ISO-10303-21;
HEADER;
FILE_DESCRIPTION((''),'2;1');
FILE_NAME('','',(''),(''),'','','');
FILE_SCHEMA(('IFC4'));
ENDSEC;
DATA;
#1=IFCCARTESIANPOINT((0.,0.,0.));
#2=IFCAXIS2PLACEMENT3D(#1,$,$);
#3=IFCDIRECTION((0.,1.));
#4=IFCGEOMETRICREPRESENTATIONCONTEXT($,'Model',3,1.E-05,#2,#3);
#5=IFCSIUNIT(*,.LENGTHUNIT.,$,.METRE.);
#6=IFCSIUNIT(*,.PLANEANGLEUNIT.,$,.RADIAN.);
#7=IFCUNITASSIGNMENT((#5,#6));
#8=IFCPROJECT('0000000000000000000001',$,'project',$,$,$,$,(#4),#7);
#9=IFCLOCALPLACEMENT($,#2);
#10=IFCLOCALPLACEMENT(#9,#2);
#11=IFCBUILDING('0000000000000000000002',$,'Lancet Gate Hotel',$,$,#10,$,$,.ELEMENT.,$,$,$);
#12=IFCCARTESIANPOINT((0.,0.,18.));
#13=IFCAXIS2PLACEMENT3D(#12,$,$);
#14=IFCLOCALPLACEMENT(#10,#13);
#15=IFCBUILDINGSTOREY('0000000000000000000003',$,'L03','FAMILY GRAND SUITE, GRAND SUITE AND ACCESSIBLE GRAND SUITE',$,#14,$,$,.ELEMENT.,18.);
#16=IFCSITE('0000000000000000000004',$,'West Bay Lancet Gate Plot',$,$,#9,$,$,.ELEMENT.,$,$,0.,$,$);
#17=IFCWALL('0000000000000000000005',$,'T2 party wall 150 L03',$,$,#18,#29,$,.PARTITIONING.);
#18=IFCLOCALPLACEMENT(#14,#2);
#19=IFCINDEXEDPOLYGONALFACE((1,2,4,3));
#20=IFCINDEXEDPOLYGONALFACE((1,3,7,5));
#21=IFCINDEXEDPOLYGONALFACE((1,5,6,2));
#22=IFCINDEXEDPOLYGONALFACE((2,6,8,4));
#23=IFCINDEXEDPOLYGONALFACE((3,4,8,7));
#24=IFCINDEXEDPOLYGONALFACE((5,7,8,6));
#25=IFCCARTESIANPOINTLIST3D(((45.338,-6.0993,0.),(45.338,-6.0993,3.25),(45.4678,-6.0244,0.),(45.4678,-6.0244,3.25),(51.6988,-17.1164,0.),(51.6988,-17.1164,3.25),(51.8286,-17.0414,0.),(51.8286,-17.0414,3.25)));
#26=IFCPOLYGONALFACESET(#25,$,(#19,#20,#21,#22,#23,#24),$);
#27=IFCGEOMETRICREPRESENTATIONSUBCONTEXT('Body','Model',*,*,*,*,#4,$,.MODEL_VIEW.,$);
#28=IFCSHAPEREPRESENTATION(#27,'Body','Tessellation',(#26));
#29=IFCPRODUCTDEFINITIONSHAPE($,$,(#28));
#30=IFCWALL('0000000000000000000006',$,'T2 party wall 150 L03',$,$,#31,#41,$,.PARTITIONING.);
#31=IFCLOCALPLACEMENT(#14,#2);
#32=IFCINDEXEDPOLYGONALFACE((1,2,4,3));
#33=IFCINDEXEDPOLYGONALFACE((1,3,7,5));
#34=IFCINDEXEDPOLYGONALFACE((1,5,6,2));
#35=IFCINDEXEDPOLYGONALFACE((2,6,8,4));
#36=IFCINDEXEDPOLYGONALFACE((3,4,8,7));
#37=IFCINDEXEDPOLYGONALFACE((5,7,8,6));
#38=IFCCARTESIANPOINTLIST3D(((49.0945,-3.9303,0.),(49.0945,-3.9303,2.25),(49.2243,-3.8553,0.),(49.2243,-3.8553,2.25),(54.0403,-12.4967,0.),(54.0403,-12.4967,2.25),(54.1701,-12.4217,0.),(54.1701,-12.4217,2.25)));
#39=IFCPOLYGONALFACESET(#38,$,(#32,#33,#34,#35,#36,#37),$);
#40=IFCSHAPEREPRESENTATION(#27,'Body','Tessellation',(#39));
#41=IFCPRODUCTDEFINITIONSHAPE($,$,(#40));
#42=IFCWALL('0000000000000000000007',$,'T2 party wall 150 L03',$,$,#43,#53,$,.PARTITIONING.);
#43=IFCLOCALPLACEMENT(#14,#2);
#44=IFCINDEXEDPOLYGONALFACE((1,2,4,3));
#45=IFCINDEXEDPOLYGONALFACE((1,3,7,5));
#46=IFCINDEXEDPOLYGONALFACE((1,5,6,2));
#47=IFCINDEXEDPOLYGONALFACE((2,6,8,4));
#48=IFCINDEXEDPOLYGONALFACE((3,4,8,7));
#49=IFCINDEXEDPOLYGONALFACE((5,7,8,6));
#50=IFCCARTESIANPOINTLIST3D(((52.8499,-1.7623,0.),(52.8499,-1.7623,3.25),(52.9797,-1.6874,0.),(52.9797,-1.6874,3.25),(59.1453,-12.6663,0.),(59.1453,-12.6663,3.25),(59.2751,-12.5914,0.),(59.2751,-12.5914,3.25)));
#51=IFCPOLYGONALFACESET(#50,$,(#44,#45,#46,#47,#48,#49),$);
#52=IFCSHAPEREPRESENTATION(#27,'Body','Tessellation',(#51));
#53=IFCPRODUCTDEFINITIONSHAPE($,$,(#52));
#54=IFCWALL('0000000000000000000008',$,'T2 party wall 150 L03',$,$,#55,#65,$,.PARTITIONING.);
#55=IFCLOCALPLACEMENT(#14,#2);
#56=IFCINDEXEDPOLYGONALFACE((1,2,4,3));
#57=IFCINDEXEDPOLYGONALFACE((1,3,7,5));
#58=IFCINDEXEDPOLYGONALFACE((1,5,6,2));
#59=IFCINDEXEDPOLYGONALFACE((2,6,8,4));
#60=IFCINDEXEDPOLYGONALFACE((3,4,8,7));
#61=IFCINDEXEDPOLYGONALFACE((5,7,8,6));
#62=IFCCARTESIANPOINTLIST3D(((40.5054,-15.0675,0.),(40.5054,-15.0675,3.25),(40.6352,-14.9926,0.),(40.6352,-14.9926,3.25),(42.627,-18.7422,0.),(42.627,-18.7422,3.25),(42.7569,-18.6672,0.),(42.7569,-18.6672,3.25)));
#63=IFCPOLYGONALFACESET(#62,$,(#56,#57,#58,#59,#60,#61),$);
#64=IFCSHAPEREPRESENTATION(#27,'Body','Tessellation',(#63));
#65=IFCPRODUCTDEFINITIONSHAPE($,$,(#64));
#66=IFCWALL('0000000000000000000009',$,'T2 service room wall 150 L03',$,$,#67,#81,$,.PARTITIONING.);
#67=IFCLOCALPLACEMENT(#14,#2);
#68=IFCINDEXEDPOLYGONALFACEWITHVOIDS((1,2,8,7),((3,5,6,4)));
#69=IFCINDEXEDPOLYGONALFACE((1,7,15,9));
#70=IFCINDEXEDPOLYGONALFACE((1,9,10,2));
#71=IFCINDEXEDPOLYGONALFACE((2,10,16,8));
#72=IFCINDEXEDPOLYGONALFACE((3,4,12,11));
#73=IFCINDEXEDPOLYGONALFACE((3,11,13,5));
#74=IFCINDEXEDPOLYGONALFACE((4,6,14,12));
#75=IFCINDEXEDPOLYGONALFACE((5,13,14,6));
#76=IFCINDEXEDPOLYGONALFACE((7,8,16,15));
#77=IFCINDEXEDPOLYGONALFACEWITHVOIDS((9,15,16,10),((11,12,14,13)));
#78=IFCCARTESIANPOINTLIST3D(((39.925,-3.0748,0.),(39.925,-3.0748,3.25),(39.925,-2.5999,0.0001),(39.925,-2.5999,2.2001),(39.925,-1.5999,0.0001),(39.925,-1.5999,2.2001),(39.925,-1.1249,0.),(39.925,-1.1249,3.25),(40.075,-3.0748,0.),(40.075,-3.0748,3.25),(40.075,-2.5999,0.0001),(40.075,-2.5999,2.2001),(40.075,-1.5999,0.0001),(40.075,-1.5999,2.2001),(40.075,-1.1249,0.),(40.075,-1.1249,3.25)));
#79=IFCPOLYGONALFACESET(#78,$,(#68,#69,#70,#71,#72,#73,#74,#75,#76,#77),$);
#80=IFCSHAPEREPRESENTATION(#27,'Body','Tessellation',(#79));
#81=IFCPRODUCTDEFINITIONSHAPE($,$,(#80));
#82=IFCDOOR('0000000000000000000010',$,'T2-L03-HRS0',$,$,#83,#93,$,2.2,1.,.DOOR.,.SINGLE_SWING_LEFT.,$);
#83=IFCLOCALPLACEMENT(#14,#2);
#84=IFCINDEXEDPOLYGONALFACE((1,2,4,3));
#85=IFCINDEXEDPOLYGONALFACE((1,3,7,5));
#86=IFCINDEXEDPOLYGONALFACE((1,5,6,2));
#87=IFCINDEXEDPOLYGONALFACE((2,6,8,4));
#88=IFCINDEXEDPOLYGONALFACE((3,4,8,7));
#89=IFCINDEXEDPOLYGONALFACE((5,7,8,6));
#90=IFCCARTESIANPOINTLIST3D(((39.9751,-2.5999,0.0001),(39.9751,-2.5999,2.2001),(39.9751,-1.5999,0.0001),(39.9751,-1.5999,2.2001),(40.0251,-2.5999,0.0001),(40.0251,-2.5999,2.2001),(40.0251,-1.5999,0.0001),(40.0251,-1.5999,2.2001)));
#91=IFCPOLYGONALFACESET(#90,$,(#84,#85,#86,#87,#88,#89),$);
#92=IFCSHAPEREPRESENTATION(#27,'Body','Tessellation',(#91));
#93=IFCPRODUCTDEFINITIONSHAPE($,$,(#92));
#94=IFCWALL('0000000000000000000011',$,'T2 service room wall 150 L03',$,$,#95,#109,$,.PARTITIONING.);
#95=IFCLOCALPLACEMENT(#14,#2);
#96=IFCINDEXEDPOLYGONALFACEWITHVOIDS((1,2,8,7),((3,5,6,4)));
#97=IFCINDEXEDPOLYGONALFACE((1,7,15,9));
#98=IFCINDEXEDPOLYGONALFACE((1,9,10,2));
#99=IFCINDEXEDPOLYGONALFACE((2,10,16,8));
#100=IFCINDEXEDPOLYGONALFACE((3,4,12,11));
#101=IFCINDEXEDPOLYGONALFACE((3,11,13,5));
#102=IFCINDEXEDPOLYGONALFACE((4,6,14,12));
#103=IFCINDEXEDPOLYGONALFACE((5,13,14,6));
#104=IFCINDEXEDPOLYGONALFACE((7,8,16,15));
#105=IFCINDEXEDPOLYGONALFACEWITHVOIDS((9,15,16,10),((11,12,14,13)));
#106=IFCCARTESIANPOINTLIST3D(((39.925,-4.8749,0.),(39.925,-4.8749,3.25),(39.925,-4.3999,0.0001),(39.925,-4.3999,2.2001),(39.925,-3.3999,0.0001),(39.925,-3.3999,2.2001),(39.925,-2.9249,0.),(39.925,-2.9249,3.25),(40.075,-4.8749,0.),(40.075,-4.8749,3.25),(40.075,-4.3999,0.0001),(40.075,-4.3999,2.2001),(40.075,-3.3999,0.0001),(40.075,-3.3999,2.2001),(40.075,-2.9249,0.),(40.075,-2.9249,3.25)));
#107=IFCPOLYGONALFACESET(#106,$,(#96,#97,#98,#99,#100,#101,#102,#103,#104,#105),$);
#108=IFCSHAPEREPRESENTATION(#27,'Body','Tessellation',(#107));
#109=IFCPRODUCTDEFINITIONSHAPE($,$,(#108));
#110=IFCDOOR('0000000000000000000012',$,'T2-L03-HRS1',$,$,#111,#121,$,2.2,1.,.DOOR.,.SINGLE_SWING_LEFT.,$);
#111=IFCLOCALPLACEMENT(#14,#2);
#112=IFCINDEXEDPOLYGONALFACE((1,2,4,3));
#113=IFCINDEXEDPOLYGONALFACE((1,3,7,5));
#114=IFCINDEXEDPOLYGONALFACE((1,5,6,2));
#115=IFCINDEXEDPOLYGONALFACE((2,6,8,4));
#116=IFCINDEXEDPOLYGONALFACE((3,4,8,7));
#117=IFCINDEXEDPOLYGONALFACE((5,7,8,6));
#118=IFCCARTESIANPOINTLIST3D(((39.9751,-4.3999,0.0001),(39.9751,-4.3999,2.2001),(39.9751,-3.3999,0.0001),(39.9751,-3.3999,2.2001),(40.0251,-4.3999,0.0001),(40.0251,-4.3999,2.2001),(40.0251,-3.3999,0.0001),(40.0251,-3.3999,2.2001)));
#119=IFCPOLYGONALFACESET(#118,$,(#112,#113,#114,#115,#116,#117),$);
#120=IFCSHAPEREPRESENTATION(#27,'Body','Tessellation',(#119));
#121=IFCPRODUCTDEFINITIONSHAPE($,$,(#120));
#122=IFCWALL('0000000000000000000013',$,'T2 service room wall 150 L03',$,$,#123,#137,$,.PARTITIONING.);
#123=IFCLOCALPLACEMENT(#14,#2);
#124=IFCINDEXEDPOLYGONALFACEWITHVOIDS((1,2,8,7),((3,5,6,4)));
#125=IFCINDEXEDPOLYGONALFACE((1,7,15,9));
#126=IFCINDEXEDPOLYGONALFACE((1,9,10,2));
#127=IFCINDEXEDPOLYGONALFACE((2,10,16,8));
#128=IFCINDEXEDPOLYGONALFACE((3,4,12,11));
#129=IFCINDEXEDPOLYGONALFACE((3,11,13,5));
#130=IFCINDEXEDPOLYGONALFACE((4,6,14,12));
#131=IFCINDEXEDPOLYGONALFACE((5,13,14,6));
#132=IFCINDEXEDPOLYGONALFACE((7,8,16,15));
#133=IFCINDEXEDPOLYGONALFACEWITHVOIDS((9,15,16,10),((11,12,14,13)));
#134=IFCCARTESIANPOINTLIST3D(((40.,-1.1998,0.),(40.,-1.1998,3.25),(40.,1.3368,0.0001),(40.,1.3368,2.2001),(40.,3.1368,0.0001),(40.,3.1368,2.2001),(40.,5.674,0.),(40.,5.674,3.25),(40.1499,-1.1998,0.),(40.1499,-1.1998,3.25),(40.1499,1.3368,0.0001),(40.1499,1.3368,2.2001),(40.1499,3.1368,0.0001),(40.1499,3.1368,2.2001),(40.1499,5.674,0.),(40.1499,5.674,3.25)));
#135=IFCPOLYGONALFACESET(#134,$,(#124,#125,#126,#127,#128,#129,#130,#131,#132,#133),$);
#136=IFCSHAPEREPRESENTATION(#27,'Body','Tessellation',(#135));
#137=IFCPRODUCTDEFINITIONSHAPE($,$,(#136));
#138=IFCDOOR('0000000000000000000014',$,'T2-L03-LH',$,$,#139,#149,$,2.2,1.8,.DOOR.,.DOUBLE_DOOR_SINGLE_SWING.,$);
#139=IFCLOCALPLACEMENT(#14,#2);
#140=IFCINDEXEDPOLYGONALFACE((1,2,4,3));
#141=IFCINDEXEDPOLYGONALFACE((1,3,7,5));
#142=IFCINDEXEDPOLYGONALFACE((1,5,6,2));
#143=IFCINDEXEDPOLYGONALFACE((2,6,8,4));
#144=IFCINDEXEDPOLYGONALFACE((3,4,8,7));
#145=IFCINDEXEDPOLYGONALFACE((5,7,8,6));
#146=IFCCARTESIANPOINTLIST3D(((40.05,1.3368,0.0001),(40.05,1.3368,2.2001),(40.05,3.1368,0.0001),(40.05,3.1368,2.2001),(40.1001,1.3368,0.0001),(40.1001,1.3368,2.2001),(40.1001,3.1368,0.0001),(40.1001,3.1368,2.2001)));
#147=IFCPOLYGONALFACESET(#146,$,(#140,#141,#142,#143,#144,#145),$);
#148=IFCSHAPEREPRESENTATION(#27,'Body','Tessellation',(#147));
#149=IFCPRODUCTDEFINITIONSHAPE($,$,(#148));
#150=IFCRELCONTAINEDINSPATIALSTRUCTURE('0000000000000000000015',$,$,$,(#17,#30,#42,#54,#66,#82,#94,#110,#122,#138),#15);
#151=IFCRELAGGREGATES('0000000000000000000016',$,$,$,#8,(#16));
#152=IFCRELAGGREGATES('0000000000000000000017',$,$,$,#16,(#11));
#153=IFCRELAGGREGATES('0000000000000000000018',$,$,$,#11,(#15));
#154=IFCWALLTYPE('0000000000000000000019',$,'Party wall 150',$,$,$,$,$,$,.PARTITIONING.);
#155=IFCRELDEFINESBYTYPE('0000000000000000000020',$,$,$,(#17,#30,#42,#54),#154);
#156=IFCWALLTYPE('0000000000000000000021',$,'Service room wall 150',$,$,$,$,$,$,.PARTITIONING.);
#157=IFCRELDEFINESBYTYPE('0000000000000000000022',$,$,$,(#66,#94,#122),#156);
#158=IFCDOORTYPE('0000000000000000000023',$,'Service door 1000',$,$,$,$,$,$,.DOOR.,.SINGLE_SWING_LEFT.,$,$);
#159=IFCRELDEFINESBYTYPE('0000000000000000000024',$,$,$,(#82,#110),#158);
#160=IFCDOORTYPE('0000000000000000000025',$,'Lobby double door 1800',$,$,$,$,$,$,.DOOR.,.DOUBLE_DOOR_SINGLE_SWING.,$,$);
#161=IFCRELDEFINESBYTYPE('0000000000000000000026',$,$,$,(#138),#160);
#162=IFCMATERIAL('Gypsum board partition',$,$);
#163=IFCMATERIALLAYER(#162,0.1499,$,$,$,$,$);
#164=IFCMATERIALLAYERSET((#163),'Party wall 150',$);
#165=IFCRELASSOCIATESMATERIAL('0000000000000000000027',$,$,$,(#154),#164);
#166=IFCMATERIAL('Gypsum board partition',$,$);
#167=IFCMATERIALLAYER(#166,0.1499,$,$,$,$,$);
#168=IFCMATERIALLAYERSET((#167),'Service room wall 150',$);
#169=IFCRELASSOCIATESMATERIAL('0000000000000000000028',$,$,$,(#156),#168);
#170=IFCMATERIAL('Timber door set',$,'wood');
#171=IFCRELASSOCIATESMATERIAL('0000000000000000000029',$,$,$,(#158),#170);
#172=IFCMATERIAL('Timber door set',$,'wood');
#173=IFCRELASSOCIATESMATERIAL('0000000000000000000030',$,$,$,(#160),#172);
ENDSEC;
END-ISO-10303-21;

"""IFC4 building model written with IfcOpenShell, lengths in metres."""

from ifc_helpers import new_model, si_unit, direction, frame, frame_2d, origin, place, context, subcontext, project, spatial, rectangle, extrude, material, layer, layer_set, type_object, element, fill, save


model = new_model("IFC4")

# Units and contexts
model_context = context("Model", 3, precision=1e-05, world=origin(), true_north=direction((0.0, 1.0)))
body_context = subcontext(model_context, "Body", "Model", "MODEL_VIEW")
ifc_project = project(units=[si_unit("LENGTHUNIT", "METRE"), si_unit("PLANEANGLEUNIT", "RADIAN")], contexts=[model_context])

# Site, building, storey
site_placement = place(None, origin())
site = spatial("IfcSite", under=ifc_project, at=site_placement, Name="West Bay Lancet Gate Plot", CompositionType="ELEMENT", RefElevation=0.0)
building_placement = place(site_placement, origin())
building = spatial("IfcBuilding", under=site, at=building_placement, Name="Lancet Gate Hotel", CompositionType="ELEMENT")
storey_placement = place(building_placement, frame((0.0, 0.0, 18.0)))
storey = spatial("IfcBuildingStorey", under=building, at=storey_placement, Name="L03", Description="FAMILY GRAND SUITE, GRAND SUITE AND ACCESSIBLE GRAND SUITE", CompositionType="ELEMENT", Elevation=18.0)

# Walls
ifc_material_1 = material(Name="Gypsum board partition")
ifc_layer_1 = layer(ifc_material_1, 0.1499)
ifc_layer_set_1 = layer_set([ifc_layer_1], Name="Party wall 150")
wall_type_1 = type_object("IfcWallType", Name="Party wall 150", PredefinedType="PARTITIONING", material=ifc_layer_set_1)
wall_1_placement = place(storey_placement, frame((45.4028, -6.0618, 0.0), z_axis=(0.0, 0.0, 1.0), x_axis=(0.500007, -0.866021, 0.0)))
element("IfcWall", 1, at=wall_1_placement, inside=storey, type_object=wall_type_1, Name="T2 party wall 150 L03", PredefinedType="PARTITIONING", context=body_context, shape_type="SweptSolid", body=[
    extrude(rectangle(XDim=12.7214, YDim=0.1499, at=frame_2d((6.3608, 0.0))), origin(), (0.0, 0.0, 1.0), 3.25),
])
wall_2_placement = place(storey_placement, frame((49.1594, -3.8928, 0.0), z_axis=(0.0, 0.0, 1.0), x_axis=(0.499999, -0.866026, 0.0)))
element("IfcWall", 2, at=wall_2_placement, inside=storey, type_object=wall_type_1, Name="T2 party wall 150 L03", PredefinedType="PARTITIONING", context=body_context, shape_type="SweptSolid", body=[
    extrude(rectangle(XDim=9.8916, YDim=0.1499, at=frame_2d((4.9458, 0.0))), origin(), (0.0, 0.0, 1.0), 2.25),
])
wall_3_placement = place(storey_placement, frame((52.9148, -1.7249, 0.0), z_axis=(0.0, 0.0, 1.0), x_axis=(0.499997, -0.866027, 0.0)))
element("IfcWall", 3, at=wall_3_placement, inside=storey, type_object=wall_type_1, Name="T2 party wall 150 L03", PredefinedType="PARTITIONING", context=body_context, shape_type="SweptSolid", body=[
    extrude(rectangle(XDim=12.5908, YDim=0.1499, at=frame_2d((6.2954, 0.0))), origin(), (0.0, 0.0, 1.0), 3.25),
])
wall_4_placement = place(storey_placement, frame((40.5703, -15.03, 0.0), z_axis=(0.0, 0.0, 1.0), x_axis=(0.500013, -0.866018, 0.0)))
element("IfcWall", 4, at=wall_4_placement, inside=storey, type_object=wall_type_1, Name="T2 party wall 150 L03", PredefinedType="PARTITIONING", context=body_context, shape_type="SweptSolid", body=[
    extrude(rectangle(XDim=4.2432, YDim=0.1499, at=frame_2d((2.1216, 0.0))), origin(), (0.0, 0.0, 1.0), 3.25),
])

# Walls, openings, doors
ifc_material_2 = material(Name="Gypsum board partition")
ifc_layer_2 = layer(ifc_material_2, 0.1499)
ifc_layer_set_2 = layer_set([ifc_layer_2], Name="Service room wall 150")
wall_type_2 = type_object("IfcWallType", Name="Service room wall 150", PredefinedType="PARTITIONING", material=ifc_layer_set_2)
wall_5_placement = place(storey_placement, frame((40.0, -3.075, 0.0), z_axis=(0.0, 0.0, 1.0), x_axis=(0.0, 1.0, 0.0)))
wall_5 = element("IfcWall", 5, at=wall_5_placement, inside=storey, type_object=wall_type_2, Name="T2 service room wall 150 L03", PredefinedType="PARTITIONING", context=body_context, shape_type="SweptSolid", body=[
    extrude(rectangle(XDim=1.95, YDim=0.1499, at=frame_2d((0.9751, 0.0))), origin(), (0.0, 0.0, 1.0), 3.25),
])
opening_1_placement = place(wall_5_placement, frame((0.4751, 0.0, 0.0)))
opening_1 = element("IfcOpeningElement", 6, at=opening_1_placement, cuts=wall_5, PredefinedType="OPENING", context=body_context, shape_type="SweptSolid", body=[
    extrude(rectangle(XDim=1.0, YDim=2.2, at=frame_2d((0.5, 1.1001))), frame((0.0, 0.085, 0.0), z_axis=(0.0, -1.0, 0.0), x_axis=(1.0, 0.0, 0.0)), (0.0, 0.0, 1.0), 0.1699),
])
ifc_material_3 = material(Name="Timber door set", Category="wood")
door_type_1 = type_object("IfcDoorType", Name="Service door 1000", OperationType="SINGLE_SWING_LEFT", PredefinedType="DOOR", material=ifc_material_3)
door_1_placement = place(opening_1_placement, origin())
door_1 = element("IfcDoor", 7, at=door_1_placement, inside=storey, type_object=door_type_1, Name="T2-L03-HRS0", OperationType="SINGLE_SWING_LEFT", OverallHeight=2.2, OverallWidth=1.0, PredefinedType="DOOR", context=body_context, shape_type="SweptSolid", body=[
    extrude(rectangle(XDim=1.0, YDim=2.2, at=frame_2d((0.5, 1.1001))), frame((0.0, 0.0249, 0.0), z_axis=(0.0, -1.0, 0.0), x_axis=(1.0, 0.0, 0.0)), (0.0, 0.0, 1.0), 0.05),
])
fill(opening_1, door_1)
wall_6_placement = place(storey_placement, frame((40.0, -4.875, 0.0), z_axis=(0.0, 0.0, 1.0), x_axis=(0.0, 1.0, 0.0)))
wall_6 = element("IfcWall", 8, at=wall_6_placement, inside=storey, type_object=wall_type_2, Name="T2 service room wall 150 L03", PredefinedType="PARTITIONING", context=body_context, shape_type="SweptSolid", body=[
    extrude(rectangle(XDim=1.95, YDim=0.1499, at=frame_2d((0.9751, 0.0))), origin(), (0.0, 0.0, 1.0), 3.25),
])
opening_2_placement = place(wall_6_placement, frame((0.4751, 0.0, 0.0)))
opening_2 = element("IfcOpeningElement", 9, at=opening_2_placement, cuts=wall_6, PredefinedType="OPENING", context=body_context, shape_type="SweptSolid", body=[
    extrude(rectangle(XDim=1.0, YDim=2.2, at=frame_2d((0.5, 1.1001))), frame((0.0, 0.085, 0.0), z_axis=(0.0, -1.0, 0.0), x_axis=(1.0, 0.0, 0.0)), (0.0, 0.0, 1.0), 0.1699),
])
door_2_placement = place(opening_2_placement, origin())
door_2 = element("IfcDoor", 10, at=door_2_placement, inside=storey, type_object=door_type_1, Name="T2-L03-HRS1", OperationType="SINGLE_SWING_LEFT", OverallHeight=2.2, OverallWidth=1.0, PredefinedType="DOOR", context=body_context, shape_type="SweptSolid", body=[
    extrude(rectangle(XDim=1.0, YDim=2.2, at=frame_2d((0.5, 1.1001))), frame((0.0, 0.0249, 0.0), z_axis=(0.0, -1.0, 0.0), x_axis=(1.0, 0.0, 0.0)), (0.0, 0.0, 1.0), 0.05),
])
fill(opening_2, door_2)
wall_7_placement = place(storey_placement, frame((40.075, -1.2, 0.0), z_axis=(0.0, 0.0, 1.0), x_axis=(0.0, 1.0, 0.0)))
wall_7 = element("IfcWall", 11, at=wall_7_placement, inside=storey, type_object=wall_type_2, Name="T2 service room wall 150 L03", PredefinedType="PARTITIONING", context=body_context, shape_type="SweptSolid", body=[
    extrude(rectangle(XDim=6.8738, YDim=0.1499, at=frame_2d((3.437, 0.0))), origin(), (0.0, 0.0, 1.0), 3.25),
])
opening_3_placement = place(wall_7_placement, frame((2.5369, 0.0, 0.0)))
opening_3 = element("IfcOpeningElement", 12, at=opening_3_placement, cuts=wall_7, PredefinedType="OPENING", context=body_context, shape_type="SweptSolid", body=[
    extrude(rectangle(XDim=1.8, YDim=2.2, at=frame_2d((0.8999, 1.1001))), frame((0.0, 0.085, 0.0), z_axis=(0.0, -1.0, 0.0), x_axis=(1.0, 0.0, 0.0)), (0.0, 0.0, 1.0), 0.1699),
])
ifc_material_4 = material(Name="Timber door set", Category="wood")
door_type_2 = type_object("IfcDoorType", Name="Lobby double door 1800", OperationType="DOUBLE_DOOR_SINGLE_SWING", PredefinedType="DOOR", material=ifc_material_4)
door_3_placement = place(opening_3_placement, origin())
door_3 = element("IfcDoor", 13, at=door_3_placement, inside=storey, type_object=door_type_2, Name="T2-L03-LH", OperationType="DOUBLE_DOOR_SINGLE_SWING", OverallHeight=2.2, OverallWidth=1.8, PredefinedType="DOOR", context=body_context, shape_type="SweptSolid", body=[
    extrude(rectangle(XDim=1.8, YDim=2.2, at=frame_2d((0.8999, 1.1001))), frame((0.0, 0.0249, 0.0), z_axis=(0.0, -1.0, 0.0), x_axis=(1.0, 0.0, 0.0)), (0.0, 0.0, 1.0), 0.05),
])
fill(opening_3, door_3)

save(model, "model.ifc")
